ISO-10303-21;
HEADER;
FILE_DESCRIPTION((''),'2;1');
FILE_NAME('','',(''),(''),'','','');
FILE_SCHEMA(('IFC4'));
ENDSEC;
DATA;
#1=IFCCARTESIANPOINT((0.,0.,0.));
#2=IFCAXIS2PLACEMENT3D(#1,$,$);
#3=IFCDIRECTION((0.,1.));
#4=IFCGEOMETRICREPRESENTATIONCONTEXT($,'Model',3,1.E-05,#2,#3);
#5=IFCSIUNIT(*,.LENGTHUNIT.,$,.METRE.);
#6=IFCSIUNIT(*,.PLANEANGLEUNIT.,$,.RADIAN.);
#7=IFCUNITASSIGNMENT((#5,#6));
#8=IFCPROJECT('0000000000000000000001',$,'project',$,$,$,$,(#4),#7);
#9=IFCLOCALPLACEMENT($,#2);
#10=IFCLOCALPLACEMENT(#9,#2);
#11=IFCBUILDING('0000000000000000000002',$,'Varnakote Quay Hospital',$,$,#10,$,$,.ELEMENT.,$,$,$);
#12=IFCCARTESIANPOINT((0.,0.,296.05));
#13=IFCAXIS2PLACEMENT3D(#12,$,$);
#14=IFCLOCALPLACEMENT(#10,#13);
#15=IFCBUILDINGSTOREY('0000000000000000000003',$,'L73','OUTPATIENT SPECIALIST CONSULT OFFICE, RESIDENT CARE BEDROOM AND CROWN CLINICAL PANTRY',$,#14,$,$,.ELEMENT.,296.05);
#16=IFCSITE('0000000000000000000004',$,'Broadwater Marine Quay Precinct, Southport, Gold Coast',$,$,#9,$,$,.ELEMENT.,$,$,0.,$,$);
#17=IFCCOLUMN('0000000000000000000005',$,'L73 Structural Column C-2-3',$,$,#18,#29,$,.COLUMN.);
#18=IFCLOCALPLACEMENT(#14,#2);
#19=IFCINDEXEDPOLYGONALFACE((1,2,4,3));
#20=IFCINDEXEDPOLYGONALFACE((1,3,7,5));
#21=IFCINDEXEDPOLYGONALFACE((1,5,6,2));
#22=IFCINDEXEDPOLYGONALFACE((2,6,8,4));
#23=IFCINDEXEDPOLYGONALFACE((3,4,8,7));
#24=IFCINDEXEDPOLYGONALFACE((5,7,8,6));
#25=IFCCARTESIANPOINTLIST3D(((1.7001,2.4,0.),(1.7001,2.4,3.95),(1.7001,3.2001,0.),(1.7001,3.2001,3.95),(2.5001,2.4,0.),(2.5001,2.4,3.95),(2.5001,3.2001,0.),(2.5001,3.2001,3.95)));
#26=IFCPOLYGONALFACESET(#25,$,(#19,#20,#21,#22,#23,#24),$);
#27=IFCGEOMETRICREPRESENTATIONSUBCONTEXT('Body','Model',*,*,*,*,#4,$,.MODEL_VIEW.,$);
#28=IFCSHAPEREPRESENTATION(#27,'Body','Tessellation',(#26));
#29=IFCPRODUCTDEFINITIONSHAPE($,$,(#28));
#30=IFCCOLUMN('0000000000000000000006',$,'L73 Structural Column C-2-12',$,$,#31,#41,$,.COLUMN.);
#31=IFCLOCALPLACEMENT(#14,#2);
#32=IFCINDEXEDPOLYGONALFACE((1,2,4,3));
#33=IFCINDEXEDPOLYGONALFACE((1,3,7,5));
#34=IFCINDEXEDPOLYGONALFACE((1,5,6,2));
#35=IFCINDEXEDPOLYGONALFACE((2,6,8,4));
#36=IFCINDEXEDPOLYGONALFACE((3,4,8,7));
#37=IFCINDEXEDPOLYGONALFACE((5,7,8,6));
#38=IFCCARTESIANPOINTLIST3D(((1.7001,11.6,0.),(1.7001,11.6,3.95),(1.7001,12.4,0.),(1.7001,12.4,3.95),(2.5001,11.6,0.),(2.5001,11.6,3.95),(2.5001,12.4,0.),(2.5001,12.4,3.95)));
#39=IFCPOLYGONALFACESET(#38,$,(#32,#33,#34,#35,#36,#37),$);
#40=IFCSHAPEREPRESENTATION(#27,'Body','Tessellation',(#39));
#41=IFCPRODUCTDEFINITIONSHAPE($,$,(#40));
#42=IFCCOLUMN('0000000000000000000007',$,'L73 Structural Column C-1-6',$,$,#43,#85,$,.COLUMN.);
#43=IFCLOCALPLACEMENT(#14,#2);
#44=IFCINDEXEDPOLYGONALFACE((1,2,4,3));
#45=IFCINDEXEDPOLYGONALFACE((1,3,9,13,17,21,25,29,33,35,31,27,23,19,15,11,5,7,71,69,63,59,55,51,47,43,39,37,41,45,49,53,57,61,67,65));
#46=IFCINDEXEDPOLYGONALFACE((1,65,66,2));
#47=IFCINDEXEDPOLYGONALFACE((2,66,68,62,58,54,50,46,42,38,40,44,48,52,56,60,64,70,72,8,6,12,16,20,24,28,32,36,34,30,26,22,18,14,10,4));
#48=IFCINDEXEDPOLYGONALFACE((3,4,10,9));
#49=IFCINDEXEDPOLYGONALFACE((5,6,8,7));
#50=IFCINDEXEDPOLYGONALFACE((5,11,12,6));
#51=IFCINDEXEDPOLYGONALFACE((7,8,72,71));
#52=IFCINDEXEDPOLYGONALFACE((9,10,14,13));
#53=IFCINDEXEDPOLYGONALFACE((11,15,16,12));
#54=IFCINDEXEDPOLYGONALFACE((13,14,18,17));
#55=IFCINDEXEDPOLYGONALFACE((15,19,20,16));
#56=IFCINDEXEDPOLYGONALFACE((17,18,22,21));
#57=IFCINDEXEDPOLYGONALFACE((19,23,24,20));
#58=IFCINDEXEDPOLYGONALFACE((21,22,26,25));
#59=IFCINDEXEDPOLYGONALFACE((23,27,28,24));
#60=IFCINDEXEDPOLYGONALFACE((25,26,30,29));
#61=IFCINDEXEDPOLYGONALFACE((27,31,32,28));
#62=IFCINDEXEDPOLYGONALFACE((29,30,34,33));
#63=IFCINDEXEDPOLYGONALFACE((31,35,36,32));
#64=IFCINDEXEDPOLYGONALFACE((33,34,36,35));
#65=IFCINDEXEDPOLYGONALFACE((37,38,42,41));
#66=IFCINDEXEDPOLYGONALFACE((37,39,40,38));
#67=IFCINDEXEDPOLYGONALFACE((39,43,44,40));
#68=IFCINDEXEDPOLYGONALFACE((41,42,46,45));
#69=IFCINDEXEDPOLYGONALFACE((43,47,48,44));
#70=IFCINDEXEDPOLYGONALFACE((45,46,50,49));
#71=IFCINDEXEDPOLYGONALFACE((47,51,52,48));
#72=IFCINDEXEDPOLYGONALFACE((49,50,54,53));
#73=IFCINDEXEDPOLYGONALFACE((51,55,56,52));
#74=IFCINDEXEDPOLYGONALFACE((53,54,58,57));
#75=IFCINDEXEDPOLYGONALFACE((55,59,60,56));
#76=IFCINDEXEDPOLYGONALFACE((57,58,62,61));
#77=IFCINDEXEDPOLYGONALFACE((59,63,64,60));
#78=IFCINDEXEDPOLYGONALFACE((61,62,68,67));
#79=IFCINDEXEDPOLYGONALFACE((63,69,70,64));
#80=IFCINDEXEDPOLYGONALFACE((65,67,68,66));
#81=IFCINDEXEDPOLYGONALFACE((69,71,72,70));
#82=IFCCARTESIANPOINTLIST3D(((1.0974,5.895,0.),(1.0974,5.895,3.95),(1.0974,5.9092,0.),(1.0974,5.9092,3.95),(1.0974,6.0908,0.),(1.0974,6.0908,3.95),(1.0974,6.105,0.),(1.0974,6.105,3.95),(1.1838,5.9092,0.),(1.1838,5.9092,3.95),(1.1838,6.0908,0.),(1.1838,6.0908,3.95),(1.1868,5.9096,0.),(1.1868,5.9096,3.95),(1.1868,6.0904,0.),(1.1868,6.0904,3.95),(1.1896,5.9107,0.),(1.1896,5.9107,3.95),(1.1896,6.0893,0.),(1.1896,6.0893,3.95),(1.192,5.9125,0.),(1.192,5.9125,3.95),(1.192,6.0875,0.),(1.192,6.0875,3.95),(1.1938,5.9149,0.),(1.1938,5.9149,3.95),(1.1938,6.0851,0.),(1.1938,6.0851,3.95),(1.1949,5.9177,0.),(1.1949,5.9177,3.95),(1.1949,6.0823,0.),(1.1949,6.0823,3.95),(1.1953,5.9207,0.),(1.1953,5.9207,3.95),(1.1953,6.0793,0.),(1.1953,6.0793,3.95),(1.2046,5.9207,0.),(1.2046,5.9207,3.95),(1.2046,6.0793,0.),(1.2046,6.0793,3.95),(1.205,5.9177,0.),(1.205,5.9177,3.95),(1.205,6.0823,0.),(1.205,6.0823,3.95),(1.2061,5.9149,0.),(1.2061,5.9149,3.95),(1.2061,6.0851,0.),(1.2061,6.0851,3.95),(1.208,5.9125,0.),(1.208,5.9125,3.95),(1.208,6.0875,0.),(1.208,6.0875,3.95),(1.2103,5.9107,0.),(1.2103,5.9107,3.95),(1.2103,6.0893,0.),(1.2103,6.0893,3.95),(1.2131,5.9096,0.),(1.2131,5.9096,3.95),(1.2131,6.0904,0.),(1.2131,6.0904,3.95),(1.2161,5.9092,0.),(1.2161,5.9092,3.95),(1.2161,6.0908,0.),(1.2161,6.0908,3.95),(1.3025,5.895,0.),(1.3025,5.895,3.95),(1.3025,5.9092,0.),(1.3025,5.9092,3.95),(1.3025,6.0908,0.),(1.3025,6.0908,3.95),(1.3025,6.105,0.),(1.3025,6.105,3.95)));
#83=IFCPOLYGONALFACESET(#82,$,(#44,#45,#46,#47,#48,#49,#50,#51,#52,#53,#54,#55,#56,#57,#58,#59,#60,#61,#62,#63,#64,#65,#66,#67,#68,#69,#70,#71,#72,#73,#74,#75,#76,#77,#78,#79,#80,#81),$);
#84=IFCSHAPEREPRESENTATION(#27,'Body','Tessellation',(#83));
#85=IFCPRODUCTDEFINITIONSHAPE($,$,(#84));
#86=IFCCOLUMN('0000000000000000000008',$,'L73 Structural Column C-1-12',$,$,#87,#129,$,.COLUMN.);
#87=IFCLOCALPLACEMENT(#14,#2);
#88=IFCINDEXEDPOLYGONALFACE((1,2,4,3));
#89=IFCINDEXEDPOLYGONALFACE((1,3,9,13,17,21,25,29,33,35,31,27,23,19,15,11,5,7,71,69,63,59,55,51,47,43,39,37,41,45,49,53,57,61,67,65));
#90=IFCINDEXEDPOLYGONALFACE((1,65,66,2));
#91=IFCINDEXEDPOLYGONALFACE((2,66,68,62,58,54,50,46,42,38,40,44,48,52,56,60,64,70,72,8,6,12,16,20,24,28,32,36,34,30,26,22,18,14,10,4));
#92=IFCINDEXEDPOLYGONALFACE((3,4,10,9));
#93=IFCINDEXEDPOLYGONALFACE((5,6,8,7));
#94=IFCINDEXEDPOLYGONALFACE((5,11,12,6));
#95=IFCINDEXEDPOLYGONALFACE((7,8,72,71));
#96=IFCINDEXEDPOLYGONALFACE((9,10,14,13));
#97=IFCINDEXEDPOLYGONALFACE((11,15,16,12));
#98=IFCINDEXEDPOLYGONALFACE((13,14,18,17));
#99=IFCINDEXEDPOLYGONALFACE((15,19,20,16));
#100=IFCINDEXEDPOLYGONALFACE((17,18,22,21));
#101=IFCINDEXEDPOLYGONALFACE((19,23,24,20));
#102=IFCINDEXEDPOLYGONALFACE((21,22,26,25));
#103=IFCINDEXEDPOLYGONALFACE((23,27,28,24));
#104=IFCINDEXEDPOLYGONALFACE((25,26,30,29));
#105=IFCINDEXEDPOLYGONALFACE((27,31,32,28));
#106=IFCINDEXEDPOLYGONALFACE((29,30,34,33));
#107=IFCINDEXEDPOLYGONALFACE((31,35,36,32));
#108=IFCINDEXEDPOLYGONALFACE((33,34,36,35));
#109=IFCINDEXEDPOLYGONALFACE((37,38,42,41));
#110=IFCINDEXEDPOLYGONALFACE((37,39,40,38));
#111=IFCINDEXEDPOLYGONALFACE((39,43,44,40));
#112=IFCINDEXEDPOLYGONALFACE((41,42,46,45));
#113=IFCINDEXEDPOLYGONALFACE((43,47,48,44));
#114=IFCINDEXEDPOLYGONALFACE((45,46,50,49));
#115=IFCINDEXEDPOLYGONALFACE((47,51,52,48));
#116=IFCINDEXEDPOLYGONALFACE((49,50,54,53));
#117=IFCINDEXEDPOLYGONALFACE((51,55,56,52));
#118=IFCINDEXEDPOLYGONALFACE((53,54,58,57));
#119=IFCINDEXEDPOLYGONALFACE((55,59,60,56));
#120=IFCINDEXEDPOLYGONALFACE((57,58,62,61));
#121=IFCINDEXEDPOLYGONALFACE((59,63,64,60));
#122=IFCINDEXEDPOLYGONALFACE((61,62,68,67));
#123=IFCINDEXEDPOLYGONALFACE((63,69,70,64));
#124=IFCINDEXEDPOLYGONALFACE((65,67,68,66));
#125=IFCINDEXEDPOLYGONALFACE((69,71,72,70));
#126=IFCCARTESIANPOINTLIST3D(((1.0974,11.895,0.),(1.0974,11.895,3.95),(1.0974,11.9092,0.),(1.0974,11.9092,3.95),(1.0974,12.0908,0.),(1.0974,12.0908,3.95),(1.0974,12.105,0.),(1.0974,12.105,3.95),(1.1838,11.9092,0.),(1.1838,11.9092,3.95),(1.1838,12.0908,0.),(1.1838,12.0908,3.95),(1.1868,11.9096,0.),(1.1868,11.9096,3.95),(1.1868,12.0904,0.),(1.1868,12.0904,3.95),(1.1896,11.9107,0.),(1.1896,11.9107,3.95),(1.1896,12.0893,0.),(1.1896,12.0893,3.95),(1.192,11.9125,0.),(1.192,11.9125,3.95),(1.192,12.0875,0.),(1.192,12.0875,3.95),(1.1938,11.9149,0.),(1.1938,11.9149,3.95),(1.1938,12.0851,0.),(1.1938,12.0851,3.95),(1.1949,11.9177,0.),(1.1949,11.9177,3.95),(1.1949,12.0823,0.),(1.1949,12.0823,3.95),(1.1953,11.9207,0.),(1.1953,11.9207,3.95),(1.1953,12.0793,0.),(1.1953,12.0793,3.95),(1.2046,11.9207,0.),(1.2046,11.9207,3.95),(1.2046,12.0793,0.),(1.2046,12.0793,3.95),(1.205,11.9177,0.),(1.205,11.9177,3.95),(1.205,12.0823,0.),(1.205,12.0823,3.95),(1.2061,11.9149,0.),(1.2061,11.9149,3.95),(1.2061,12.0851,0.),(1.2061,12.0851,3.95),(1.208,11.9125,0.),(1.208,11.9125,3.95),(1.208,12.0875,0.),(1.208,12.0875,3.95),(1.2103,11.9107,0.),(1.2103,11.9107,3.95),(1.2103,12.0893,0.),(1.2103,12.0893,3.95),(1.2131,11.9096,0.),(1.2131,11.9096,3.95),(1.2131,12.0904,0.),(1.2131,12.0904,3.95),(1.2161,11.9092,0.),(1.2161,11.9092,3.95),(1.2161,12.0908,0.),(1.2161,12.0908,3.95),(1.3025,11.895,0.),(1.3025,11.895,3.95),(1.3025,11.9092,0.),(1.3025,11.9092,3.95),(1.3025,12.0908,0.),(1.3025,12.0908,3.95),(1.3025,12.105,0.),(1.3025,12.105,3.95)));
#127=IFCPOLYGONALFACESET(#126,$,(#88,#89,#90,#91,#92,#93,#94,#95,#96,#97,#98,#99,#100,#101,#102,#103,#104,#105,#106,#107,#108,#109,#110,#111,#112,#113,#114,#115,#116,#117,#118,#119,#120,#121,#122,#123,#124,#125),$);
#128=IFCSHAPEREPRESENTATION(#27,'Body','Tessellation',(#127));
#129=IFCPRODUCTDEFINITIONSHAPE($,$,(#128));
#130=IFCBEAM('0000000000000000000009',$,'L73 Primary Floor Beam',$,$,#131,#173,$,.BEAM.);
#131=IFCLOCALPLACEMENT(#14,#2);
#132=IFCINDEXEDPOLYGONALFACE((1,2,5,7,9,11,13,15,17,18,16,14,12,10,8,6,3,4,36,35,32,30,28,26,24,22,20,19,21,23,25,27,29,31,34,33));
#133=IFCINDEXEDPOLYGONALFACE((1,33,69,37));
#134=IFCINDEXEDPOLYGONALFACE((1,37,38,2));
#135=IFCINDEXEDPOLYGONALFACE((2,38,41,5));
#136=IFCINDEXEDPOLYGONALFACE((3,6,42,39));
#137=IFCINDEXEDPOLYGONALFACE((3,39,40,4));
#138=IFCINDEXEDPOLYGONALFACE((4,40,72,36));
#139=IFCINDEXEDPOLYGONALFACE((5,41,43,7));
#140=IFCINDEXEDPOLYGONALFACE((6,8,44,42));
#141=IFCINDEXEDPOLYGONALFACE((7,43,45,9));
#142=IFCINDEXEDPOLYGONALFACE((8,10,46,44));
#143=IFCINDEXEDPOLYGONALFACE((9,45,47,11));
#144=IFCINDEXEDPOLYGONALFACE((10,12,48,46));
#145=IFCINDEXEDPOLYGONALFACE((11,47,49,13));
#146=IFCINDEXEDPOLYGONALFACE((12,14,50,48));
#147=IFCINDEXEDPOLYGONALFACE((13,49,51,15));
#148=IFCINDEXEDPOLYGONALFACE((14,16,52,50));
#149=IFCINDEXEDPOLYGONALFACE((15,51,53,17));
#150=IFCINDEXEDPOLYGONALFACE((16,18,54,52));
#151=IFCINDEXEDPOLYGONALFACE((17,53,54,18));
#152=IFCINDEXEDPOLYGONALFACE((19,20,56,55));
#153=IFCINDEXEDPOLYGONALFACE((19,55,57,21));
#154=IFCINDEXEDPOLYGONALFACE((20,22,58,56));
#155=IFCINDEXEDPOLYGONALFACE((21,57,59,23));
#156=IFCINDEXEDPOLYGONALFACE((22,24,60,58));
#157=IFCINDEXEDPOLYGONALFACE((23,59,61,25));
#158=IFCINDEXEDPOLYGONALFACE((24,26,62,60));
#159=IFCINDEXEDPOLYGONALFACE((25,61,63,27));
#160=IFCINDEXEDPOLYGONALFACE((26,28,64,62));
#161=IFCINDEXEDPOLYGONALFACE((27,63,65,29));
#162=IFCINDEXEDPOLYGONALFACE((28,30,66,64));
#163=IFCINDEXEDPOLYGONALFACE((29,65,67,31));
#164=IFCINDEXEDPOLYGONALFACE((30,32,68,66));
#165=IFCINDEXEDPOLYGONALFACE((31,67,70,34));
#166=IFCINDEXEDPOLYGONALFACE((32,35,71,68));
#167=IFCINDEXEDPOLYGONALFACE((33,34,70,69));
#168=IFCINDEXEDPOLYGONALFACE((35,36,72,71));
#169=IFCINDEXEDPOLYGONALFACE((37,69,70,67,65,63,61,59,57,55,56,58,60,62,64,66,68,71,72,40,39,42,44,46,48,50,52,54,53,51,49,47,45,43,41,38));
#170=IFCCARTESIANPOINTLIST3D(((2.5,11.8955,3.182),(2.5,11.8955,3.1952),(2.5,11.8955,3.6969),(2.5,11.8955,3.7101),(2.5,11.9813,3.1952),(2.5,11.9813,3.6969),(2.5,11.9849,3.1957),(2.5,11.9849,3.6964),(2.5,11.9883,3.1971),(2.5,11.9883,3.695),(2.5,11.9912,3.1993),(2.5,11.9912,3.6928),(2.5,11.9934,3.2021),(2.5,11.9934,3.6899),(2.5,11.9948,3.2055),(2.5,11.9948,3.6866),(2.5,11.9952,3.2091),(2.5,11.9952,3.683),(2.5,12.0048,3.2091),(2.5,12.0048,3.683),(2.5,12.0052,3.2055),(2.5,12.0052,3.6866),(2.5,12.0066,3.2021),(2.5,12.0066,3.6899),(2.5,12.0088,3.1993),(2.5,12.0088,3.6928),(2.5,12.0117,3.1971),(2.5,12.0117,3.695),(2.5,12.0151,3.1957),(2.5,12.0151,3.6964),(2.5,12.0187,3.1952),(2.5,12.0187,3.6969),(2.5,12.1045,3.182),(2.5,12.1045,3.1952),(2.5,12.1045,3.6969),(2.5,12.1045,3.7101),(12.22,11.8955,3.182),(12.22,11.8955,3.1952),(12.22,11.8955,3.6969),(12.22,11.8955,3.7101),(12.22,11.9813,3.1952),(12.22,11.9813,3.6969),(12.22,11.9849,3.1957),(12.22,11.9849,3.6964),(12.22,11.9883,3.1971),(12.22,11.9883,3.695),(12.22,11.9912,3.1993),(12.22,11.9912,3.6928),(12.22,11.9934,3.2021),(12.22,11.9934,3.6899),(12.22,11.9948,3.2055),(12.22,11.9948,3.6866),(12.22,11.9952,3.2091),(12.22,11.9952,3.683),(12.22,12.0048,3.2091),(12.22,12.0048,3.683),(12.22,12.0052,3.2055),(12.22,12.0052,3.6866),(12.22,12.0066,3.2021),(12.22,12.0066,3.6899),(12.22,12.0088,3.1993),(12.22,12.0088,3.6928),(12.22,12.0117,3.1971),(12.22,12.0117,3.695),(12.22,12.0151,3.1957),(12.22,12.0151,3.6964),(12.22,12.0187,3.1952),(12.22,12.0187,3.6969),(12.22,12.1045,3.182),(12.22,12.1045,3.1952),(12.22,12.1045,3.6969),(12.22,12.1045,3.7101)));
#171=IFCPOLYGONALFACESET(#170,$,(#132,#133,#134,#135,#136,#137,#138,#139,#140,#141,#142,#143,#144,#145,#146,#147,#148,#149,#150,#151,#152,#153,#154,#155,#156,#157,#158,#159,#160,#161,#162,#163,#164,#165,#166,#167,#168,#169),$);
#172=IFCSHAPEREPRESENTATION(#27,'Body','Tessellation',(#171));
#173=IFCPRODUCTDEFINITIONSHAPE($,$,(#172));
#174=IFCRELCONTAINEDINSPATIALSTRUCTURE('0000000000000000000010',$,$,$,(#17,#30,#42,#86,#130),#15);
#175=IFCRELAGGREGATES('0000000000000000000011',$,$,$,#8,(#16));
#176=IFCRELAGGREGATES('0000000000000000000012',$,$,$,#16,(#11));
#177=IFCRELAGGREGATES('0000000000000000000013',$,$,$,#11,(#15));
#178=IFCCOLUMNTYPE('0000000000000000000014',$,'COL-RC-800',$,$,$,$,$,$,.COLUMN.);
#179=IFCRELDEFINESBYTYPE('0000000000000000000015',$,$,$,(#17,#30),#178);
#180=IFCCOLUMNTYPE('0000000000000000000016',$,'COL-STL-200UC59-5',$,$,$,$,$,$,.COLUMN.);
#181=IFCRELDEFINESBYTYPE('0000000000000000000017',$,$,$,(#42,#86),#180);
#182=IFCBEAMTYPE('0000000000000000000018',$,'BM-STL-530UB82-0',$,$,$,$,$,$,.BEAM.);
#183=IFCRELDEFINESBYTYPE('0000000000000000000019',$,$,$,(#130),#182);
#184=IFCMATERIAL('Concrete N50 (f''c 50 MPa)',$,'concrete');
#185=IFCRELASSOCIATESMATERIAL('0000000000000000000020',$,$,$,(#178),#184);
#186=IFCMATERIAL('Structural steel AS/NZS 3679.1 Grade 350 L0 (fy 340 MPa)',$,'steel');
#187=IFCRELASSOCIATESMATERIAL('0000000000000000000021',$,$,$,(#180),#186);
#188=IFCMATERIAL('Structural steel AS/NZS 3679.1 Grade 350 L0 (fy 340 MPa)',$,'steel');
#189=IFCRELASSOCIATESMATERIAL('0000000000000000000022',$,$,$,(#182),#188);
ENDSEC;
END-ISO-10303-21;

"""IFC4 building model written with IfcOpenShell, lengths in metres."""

from ifc_helpers import new_model, si_unit, direction, frame, origin, origin_2d, place, context, subcontext, project, spatial, rectangle, i_section, extrude, material, material_profile, profile_set, type_object, element, save


model = new_model("IFC4")

# Units and contexts
model_context = context("Model", 3, precision=1e-05, world=origin(), true_north=direction((0.0, 1.0)))
body_context = subcontext(model_context, "Body", "Model", "MODEL_VIEW")
ifc_project = project(units=[si_unit("LENGTHUNIT", "METRE"), si_unit("PLANEANGLEUNIT", "RADIAN")], contexts=[model_context])

# Site, building, storey
site_placement = place(None, origin())
site = spatial("IfcSite", under=ifc_project, at=site_placement, Name="Broadwater Marine Quay Precinct, Southport, Gold Coast", CompositionType="ELEMENT", RefElevation=0.0)
building_placement = place(site_placement, origin())
building = spatial("IfcBuilding", under=site, at=building_placement, Name="Varnakote Quay Hospital", CompositionType="ELEMENT")
storey_placement = place(building_placement, frame((0.0, 0.0, 296.05)))
storey = spatial("IfcBuildingStorey", under=building, at=storey_placement, Name="L73", Description="OUTPATIENT SPECIALIST CONSULT OFFICE, RESIDENT CARE BEDROOM AND CROWN CLINICAL PANTRY", CompositionType="ELEMENT", Elevation=296.05)

# Columns
ifc_material_1 = material(Name="Concrete N50 (f'c 50 MPa)", Category="concrete")
ifc_material_profile_1 = material_profile(ifc_material_1, rectangle(XDim=0.8, YDim=0.8, at=origin_2d()), Name="RC-COL-800x800")
ifc_profile_set_1 = profile_set([ifc_material_profile_1], Name="Concrete N50 (f'c 50 MPa)")
column_type_1 = type_object("IfcColumnType", Name="COL-RC-800", PredefinedType="COLUMN", material=ifc_profile_set_1)
for number, where, z_axis, x_axis, name in (
    (1, (2.1001, 2.8, 0.0), (0.0, 0.0, 1.0), (1.0, 0.0, 0.0), "L73 Structural Column C-2-3"),
    (2, (2.1001, 12.0, 0.0), (0.0, 0.0, 1.0), (1.0, 0.0, 0.0), "L73 Structural Column C-2-12"),
):
    element("IfcColumn", number, at=place(storey_placement, frame(where, z_axis=z_axis, x_axis=x_axis)), inside=storey, type_object=column_type_1, Name=name, PredefinedType="COLUMN", context=body_context, shape_type="SweptSolid", body=[
        extrude(rectangle(XDim=0.8, YDim=0.8, at=origin_2d()), origin(), (0.0, 0.0, 1.0), 3.95),
    ])
ifc_material_2 = material(Name="Structural steel AS/NZS 3679.1 Grade 350 L0 (fy 340 MPa)", Category="steel")
ifc_material_profile_2 = material_profile(ifc_material_2, i_section(OverallWidth=0.2051, OverallDepth=0.21, WebThickness=0.0093, FlangeThickness=0.0142, FilletRadius=0.0115, at=origin_2d()), Name="200UC59.5")
ifc_profile_set_2 = profile_set([ifc_material_profile_2], Name="Structural steel AS/NZS 3679.1 Grade 350 L0 (fy 340 MPa)")
column_type_2 = type_object("IfcColumnType", Name="COL-STL-200UC59-5", PredefinedType="COLUMN", material=ifc_profile_set_2)
for number, where, z_axis, x_axis, name in (
    (3, (1.2, 6.0, 0.0), (0.0, 0.0, 1.0), (1.0, 0.0, 0.0), "L73 Structural Column C-1-6"),
    (4, (1.2, 12.0, 0.0), (0.0, 0.0, 1.0), (1.0, 0.0, 0.0), "L73 Structural Column C-1-12"),
):
    element("IfcColumn", number, at=place(storey_placement, frame(where, z_axis=z_axis, x_axis=x_axis)), inside=storey, type_object=column_type_2, Name=name, PredefinedType="COLUMN", context=body_context, shape_type="SweptSolid", body=[
        extrude(i_section(OverallWidth=0.2051, OverallDepth=0.21, WebThickness=0.0093, FlangeThickness=0.0142, FilletRadius=0.0115, at=origin_2d()), origin(), (0.0, 0.0, 1.0), 3.95),
    ])

# Beam
ifc_material_3 = material(Name="Structural steel AS/NZS 3679.1 Grade 350 L0 (fy 340 MPa)", Category="steel")
ifc_material_profile_3 = material_profile(ifc_material_3, i_section(OverallWidth=0.209, OverallDepth=0.5281, WebThickness=0.0095, FlangeThickness=0.0132, FilletRadius=0.0139, at=origin_2d()), Name="530UB82.0")
ifc_profile_set_3 = profile_set([ifc_material_profile_3], Name="Structural steel AS/NZS 3679.1 Grade 350 L0 (fy 340 MPa)")
beam_type_1 = type_object("IfcBeamType", Name="BM-STL-530UB82-0", PredefinedType="BEAM", material=ifc_profile_set_3)
beam_1_placement = place(storey_placement, frame((2.5, 12.0, 3.446), z_axis=(1.0, 0.0, 0.0), x_axis=(0.0, 1.0, 0.0)))
element("IfcBeam", 5, at=beam_1_placement, inside=storey, type_object=beam_type_1, Name="L73 Primary Floor Beam", PredefinedType="BEAM", context=body_context, shape_type="SweptSolid", body=[
    extrude(i_section(OverallWidth=0.209, OverallDepth=0.5281, WebThickness=0.0095, FlangeThickness=0.0132, FilletRadius=0.0139, at=origin_2d()), origin(), (0.0, 0.0, 1.0), 9.72),
])

save(model, "model.ifc")
